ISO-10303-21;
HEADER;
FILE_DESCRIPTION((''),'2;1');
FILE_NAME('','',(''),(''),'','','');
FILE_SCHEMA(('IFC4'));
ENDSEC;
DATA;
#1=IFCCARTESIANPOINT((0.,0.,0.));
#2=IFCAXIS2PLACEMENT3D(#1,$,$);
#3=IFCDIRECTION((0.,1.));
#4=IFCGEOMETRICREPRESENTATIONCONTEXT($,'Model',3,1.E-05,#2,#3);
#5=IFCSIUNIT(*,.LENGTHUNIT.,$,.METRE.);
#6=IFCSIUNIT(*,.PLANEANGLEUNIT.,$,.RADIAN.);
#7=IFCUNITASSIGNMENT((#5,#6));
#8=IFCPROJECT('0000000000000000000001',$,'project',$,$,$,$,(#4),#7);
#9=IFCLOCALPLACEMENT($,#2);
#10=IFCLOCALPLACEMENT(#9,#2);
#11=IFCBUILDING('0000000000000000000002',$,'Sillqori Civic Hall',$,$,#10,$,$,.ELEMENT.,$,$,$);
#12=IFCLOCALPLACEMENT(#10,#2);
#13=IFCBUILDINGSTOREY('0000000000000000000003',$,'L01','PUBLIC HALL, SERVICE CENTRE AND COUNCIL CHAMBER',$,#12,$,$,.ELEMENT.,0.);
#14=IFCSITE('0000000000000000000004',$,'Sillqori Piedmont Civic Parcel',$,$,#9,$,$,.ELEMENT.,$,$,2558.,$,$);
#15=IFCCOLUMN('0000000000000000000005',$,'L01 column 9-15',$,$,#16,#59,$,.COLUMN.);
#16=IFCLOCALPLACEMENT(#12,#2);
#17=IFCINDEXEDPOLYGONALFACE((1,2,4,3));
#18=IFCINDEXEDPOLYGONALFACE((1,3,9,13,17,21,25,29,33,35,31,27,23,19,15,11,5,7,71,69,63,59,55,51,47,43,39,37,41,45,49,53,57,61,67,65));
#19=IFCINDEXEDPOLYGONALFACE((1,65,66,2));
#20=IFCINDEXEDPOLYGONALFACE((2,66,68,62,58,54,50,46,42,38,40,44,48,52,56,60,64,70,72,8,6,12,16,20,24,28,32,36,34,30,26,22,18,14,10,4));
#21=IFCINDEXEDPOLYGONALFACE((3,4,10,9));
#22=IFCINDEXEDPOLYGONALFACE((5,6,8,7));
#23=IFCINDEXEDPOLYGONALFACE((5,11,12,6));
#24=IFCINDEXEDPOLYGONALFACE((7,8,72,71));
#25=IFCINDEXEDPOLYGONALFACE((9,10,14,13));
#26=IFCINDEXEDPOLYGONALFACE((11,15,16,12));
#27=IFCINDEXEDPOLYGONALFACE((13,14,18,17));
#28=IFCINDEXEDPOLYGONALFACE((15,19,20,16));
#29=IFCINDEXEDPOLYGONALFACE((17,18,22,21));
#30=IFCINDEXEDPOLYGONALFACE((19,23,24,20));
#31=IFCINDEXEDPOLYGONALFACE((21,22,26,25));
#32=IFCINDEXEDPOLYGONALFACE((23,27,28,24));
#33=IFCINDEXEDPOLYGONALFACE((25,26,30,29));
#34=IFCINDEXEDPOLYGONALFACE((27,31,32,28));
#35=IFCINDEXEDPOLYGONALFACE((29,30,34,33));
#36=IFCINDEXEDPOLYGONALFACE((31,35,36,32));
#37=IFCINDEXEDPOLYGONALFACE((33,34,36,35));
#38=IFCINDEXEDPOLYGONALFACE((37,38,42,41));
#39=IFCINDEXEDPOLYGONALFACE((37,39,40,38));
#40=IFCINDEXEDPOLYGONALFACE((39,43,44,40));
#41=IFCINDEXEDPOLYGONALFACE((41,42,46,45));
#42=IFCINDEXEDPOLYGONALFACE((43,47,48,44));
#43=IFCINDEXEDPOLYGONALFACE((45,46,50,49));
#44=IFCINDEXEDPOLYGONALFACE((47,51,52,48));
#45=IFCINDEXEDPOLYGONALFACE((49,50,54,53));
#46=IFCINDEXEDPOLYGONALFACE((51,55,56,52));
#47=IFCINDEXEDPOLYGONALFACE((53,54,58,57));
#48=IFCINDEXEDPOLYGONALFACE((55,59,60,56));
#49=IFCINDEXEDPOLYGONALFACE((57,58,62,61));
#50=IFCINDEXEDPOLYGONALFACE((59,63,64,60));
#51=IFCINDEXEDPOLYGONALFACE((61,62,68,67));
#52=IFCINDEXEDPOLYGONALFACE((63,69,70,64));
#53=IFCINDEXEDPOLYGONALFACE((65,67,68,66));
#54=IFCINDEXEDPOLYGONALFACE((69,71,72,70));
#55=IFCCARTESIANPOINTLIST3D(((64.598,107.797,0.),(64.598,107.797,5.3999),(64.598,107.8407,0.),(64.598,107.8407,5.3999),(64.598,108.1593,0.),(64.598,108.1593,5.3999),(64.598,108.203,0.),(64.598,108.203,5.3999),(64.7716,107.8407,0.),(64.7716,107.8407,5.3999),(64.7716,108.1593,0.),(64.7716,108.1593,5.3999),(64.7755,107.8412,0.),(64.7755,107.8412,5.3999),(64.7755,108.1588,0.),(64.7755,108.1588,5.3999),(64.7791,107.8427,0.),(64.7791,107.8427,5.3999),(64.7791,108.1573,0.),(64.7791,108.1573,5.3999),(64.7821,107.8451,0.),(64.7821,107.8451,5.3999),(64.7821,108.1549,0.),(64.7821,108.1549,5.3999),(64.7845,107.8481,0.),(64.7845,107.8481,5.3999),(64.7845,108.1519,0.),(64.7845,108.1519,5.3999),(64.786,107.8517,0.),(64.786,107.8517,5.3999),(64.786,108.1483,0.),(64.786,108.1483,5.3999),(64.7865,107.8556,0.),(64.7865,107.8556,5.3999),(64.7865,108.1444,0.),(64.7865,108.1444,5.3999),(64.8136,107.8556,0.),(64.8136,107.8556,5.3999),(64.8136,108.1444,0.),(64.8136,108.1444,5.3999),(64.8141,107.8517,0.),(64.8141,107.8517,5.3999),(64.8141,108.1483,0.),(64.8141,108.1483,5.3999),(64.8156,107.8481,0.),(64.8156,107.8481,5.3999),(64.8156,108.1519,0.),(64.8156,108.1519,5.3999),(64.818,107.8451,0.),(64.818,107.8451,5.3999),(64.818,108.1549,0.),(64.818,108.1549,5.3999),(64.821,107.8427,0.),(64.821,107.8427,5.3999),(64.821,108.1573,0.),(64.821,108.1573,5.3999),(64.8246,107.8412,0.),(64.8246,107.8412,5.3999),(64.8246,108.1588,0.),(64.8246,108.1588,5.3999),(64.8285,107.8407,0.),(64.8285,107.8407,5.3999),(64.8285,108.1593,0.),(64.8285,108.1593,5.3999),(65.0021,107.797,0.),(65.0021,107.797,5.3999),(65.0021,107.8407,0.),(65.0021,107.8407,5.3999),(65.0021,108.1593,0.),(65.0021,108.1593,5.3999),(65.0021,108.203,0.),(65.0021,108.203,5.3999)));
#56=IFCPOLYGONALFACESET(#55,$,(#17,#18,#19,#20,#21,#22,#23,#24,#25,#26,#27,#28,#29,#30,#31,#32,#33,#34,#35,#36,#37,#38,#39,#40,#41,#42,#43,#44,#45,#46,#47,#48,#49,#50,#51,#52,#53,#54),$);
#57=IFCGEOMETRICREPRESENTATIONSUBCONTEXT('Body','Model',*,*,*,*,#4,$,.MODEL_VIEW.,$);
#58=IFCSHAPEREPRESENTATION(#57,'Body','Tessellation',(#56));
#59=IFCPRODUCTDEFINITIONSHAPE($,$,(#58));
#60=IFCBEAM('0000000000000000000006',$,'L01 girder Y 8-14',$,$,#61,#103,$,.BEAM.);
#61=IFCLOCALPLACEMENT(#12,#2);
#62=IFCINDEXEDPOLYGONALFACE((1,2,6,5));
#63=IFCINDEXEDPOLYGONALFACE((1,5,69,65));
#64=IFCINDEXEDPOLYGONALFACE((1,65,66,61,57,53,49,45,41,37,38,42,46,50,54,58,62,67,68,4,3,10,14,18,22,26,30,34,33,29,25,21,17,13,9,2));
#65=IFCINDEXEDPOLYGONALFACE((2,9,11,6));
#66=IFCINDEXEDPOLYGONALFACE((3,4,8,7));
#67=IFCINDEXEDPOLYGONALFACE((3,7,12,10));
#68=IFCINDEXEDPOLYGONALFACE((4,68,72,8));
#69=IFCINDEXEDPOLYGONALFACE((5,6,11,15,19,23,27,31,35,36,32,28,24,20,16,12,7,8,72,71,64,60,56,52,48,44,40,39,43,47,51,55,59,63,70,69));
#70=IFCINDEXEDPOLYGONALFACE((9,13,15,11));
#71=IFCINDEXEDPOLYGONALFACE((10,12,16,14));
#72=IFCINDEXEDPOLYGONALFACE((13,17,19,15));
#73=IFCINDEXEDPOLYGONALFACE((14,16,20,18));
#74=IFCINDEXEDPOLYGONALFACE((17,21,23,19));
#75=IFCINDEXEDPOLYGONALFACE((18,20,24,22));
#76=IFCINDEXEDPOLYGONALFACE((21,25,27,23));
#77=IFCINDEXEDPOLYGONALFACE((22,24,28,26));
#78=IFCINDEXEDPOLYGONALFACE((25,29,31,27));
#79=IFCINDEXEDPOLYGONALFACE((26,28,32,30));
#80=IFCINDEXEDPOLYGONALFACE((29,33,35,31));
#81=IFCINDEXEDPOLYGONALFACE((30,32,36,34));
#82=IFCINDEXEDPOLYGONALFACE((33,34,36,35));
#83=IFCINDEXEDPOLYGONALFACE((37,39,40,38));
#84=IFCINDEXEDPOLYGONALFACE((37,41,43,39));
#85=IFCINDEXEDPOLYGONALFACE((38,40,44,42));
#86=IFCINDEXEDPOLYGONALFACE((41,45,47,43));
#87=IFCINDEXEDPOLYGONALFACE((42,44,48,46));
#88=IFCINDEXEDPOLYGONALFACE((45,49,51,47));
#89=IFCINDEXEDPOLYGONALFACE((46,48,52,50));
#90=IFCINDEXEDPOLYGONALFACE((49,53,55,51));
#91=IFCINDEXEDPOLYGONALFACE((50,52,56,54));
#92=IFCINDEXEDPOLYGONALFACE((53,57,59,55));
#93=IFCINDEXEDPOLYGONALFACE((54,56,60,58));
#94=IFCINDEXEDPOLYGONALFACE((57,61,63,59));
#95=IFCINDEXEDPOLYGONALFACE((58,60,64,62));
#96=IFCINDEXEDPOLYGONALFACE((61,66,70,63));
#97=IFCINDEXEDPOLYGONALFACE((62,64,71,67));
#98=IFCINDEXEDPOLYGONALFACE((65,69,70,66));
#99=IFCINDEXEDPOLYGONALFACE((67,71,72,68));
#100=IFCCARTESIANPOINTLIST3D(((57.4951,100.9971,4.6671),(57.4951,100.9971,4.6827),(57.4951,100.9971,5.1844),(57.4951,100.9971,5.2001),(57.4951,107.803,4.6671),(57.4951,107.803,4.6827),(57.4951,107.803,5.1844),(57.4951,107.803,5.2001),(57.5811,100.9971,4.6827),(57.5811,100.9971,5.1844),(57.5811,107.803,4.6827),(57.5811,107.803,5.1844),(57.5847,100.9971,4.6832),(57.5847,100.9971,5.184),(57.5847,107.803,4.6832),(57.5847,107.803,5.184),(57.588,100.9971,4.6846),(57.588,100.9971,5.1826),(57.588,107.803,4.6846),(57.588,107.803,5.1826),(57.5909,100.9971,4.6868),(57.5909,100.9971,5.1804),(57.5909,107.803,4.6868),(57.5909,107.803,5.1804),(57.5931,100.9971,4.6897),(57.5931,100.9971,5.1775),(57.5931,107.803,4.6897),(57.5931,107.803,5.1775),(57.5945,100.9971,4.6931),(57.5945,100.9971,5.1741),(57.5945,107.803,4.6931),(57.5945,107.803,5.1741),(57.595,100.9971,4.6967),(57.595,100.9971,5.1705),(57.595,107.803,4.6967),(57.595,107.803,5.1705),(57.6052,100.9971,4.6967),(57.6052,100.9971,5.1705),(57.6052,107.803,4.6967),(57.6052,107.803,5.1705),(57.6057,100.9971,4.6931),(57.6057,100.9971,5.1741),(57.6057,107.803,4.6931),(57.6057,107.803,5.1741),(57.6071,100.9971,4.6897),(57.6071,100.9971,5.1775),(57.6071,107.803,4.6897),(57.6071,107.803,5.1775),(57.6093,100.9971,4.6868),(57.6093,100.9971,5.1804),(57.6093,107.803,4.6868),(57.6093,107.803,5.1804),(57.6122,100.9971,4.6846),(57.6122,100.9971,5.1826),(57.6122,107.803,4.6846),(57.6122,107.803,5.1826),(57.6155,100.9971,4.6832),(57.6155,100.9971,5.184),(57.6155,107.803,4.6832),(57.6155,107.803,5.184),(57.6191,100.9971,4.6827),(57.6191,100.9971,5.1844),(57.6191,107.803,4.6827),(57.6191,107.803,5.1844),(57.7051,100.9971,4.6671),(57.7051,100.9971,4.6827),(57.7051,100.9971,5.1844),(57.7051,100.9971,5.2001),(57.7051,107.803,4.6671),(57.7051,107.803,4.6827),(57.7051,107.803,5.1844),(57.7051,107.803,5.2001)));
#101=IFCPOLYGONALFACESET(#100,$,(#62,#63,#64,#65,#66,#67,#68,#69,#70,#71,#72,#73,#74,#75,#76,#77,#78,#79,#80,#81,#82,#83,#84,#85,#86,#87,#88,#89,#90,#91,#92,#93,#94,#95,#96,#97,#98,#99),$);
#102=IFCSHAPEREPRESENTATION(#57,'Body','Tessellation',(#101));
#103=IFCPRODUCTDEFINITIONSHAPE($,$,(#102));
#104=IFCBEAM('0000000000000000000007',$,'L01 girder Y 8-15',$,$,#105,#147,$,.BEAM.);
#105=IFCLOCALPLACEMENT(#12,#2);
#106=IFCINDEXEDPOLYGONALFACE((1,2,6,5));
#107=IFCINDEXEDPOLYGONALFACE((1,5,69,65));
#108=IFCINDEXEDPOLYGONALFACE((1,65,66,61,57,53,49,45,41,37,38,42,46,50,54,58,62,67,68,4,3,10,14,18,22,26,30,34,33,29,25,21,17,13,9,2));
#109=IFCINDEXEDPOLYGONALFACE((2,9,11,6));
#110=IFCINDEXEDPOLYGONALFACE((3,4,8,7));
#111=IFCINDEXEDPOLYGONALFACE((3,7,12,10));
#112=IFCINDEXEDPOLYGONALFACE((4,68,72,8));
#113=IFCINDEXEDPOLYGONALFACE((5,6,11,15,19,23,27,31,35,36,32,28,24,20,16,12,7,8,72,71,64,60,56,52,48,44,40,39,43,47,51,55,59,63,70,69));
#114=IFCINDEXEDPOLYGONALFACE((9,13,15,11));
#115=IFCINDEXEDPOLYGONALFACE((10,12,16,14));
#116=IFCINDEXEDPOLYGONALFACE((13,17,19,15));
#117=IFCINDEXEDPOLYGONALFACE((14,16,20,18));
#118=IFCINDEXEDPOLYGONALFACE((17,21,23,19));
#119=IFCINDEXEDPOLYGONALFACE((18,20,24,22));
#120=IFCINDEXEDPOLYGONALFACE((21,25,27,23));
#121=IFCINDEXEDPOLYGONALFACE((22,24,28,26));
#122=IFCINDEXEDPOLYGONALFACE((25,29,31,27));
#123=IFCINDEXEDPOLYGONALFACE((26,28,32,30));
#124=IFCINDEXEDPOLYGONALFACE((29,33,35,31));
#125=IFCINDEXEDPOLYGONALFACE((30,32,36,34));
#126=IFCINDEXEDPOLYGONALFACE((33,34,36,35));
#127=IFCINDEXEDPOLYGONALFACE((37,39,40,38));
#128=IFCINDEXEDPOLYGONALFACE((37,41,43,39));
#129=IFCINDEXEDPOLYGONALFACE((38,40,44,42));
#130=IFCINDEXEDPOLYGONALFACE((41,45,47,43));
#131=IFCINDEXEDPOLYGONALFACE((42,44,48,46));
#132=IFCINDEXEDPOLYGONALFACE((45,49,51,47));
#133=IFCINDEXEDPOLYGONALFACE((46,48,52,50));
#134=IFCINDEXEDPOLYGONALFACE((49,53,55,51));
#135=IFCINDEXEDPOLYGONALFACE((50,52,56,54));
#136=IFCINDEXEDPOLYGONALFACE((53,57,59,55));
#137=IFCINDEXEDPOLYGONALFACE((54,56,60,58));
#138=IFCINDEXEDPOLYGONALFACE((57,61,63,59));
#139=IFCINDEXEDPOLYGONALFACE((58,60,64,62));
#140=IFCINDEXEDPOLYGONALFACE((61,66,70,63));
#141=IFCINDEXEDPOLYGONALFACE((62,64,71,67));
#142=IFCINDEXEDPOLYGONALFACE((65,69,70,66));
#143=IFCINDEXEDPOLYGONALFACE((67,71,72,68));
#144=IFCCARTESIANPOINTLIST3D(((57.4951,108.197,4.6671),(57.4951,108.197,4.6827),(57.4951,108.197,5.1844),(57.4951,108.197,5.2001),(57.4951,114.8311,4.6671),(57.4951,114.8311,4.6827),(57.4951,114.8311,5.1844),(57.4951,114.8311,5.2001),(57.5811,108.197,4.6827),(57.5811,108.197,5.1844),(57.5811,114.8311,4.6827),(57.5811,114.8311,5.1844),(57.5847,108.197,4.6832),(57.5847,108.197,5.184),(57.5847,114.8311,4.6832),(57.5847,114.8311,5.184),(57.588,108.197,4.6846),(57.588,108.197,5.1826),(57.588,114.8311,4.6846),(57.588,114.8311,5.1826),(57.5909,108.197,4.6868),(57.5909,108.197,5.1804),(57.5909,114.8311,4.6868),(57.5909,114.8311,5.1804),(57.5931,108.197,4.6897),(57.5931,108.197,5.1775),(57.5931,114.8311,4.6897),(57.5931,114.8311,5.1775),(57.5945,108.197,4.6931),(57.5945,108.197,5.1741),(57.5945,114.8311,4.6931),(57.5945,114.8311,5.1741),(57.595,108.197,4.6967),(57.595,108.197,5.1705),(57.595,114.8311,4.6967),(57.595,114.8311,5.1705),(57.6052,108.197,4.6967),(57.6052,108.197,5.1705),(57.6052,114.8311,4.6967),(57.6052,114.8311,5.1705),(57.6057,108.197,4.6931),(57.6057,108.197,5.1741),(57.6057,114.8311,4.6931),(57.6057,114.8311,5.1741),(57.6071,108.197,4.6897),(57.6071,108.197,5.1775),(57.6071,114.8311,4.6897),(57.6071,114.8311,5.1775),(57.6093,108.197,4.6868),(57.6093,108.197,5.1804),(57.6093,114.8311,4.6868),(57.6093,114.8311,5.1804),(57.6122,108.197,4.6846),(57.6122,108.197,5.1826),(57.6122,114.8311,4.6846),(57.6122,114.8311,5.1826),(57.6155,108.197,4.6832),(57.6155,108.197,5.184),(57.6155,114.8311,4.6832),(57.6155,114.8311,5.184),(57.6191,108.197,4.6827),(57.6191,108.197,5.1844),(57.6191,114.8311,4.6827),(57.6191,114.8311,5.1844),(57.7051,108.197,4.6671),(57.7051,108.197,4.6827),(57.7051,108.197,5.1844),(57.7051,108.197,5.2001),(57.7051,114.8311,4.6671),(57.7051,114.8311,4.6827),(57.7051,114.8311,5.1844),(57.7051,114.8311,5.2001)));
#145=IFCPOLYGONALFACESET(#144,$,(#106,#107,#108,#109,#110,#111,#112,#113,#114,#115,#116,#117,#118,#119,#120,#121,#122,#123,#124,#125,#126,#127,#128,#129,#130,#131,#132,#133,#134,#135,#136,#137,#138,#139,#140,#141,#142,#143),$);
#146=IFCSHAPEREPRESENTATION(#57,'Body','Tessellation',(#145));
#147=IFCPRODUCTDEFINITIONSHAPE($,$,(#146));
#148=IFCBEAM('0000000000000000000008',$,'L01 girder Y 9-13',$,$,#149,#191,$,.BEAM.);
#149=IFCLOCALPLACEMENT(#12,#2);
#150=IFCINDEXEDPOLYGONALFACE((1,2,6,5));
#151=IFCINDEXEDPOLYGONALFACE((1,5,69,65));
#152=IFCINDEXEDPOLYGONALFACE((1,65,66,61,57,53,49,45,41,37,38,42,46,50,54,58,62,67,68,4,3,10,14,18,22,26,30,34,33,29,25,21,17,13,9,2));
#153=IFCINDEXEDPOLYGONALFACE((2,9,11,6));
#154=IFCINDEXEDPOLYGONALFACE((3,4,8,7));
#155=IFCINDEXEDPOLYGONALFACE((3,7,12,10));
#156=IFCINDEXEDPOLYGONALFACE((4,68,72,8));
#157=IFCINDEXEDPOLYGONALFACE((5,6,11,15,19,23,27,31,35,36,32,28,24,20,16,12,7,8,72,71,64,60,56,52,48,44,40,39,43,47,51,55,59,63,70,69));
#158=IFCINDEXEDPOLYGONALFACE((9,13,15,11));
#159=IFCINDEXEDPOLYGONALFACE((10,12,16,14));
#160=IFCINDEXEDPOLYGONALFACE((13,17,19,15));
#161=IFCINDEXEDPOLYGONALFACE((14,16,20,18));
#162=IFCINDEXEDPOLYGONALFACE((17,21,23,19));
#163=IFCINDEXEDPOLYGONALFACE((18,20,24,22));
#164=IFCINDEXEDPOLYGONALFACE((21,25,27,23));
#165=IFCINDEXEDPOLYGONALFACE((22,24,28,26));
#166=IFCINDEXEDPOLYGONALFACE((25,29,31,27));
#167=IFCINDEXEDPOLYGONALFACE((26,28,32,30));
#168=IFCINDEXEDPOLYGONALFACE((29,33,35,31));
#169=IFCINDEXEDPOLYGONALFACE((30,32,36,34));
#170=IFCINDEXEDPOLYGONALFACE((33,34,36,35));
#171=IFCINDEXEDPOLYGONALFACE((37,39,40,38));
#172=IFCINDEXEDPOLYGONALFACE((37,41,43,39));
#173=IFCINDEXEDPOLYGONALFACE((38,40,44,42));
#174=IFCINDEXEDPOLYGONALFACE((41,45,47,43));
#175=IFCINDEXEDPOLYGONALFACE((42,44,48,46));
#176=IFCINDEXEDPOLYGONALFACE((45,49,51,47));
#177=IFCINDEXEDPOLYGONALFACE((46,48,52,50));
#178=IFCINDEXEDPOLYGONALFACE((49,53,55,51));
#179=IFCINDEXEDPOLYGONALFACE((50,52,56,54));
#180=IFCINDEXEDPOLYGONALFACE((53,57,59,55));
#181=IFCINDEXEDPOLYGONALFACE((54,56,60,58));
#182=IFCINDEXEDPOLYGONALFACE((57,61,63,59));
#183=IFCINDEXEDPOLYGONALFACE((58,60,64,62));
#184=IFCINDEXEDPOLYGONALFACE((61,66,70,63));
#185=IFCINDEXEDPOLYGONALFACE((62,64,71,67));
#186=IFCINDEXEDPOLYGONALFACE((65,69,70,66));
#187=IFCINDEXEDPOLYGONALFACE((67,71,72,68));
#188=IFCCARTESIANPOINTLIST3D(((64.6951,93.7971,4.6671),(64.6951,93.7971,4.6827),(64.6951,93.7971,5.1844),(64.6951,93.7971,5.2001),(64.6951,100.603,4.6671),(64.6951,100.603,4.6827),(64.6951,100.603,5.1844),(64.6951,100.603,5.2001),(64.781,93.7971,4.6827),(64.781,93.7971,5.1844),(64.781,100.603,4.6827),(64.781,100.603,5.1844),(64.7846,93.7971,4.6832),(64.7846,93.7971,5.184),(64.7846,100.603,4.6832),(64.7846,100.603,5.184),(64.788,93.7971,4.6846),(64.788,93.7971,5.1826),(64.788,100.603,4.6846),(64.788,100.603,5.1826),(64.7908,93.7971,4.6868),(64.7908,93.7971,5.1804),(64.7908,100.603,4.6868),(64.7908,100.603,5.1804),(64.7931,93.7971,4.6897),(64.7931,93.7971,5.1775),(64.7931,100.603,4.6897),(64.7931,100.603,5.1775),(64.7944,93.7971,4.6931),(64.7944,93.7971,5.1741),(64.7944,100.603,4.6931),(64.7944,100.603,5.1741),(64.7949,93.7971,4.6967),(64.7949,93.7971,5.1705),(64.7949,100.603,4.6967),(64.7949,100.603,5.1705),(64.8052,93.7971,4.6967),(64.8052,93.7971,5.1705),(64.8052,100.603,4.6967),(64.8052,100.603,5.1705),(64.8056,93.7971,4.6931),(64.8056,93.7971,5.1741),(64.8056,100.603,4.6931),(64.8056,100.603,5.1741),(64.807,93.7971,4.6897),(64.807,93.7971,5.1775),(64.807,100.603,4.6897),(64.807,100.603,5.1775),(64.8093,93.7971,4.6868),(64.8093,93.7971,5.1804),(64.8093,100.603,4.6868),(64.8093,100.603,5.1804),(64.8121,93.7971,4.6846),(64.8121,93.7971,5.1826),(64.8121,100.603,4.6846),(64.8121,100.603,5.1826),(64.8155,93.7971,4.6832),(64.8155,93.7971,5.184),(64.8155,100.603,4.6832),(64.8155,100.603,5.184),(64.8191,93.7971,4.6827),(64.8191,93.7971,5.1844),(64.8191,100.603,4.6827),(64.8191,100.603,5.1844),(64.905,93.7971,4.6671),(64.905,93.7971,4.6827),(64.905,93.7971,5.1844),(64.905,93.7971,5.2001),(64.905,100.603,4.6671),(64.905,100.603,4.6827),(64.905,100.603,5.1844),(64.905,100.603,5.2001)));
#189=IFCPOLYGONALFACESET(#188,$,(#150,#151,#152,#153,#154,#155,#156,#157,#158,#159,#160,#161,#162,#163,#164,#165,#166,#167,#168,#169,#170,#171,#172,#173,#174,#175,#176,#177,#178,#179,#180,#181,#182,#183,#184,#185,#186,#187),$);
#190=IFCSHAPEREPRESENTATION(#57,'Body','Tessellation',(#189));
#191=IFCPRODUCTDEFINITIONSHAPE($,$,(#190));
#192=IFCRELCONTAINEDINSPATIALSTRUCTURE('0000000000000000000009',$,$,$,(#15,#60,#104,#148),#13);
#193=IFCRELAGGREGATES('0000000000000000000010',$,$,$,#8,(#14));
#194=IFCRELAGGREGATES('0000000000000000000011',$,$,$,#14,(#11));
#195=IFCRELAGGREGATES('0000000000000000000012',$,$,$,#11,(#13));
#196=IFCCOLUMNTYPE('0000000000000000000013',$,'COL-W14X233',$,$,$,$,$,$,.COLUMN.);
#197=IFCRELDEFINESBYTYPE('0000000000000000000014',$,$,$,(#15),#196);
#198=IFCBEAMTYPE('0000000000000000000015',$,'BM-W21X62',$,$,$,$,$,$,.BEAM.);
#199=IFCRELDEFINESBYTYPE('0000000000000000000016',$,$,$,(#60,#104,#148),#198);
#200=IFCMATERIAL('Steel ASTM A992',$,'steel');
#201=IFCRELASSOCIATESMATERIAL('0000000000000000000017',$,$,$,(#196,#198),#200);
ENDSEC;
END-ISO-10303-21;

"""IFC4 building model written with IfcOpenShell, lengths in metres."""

from ifc_helpers import new_model, si_unit, direction, frame, origin, origin_2d, place, context, subcontext, project, spatial, i_section, extrude, material, material_profile, profile_set, type_object, element, save


model = new_model("IFC4")

# Units and contexts
model_context = context("Model", 3, precision=1e-05, world=origin(), true_north=direction((0.0, 1.0)))
body_context = subcontext(model_context, "Body", "Model", "MODEL_VIEW")
ifc_project = project(units=[si_unit("LENGTHUNIT", "METRE"), si_unit("PLANEANGLEUNIT", "RADIAN")], contexts=[model_context])

# Site, building, storey
site_placement = place(None, origin())
site = spatial("IfcSite", under=ifc_project, at=site_placement, Name="Sillqori Piedmont Civic Parcel", CompositionType="ELEMENT", RefElevation=2558.0)
building_placement = place(site_placement, origin())
building = spatial("IfcBuilding", under=site, at=building_placement, Name="Sillqori Civic Hall", CompositionType="ELEMENT")
storey_placement = place(building_placement, origin())
storey = spatial("IfcBuildingStorey", under=building, at=storey_placement, Name="L01", Description="PUBLIC HALL, SERVICE CENTRE AND COUNCIL CHAMBER", CompositionType="ELEMENT", Elevation=0.0)

# Column
ifc_material_1 = material(Name="Steel ASTM A992", Category="steel")
ifc_material_profile_1 = material_profile(ifc_material_1, i_section(OverallWidth=0.4041, OverallDepth=0.406, WebThickness=0.0271, FlangeThickness=0.0437, FilletRadius=0.0149, at=origin_2d()), Name="W14X233")
ifc_profile_set_1 = profile_set([ifc_material_profile_1], Name="Steel ASTM A992")
column_type_1 = type_object("IfcColumnType", Name="COL-W14X233", PredefinedType="COLUMN", material=ifc_profile_set_1)
for number, where, z_axis, x_axis, name in (
    (1, (64.8, 108.0, 0.0), (0.0, 0.0, 1.0), (1.0, 0.0, 0.0), "L01 column 9-15"),
):
    element("IfcColumn", number, at=place(storey_placement, frame(where, z_axis=z_axis, x_axis=x_axis)), inside=storey, type_object=column_type_1, Name=name, PredefinedType="COLUMN", context=body_context, shape_type="SweptSolid", body=[
        extrude(i_section(OverallWidth=0.4041, OverallDepth=0.406, WebThickness=0.0271, FlangeThickness=0.0437, FilletRadius=0.0149, at=origin_2d()), origin(), (0.0, 0.0, 1.0), 5.3999),
    ])

# Beams
ifc_material_profile_2 = material_profile(ifc_material_1, i_section(OverallWidth=0.21, OverallDepth=0.533, WebThickness=0.0103, FlangeThickness=0.0156, FilletRadius=0.0139, at=origin_2d()), Name="W21X62")
ifc_profile_set_2 = profile_set([ifc_material_profile_2], Name="Steel ASTM A992")
beam_type_1 = type_object("IfcBeamType", Name="BM-W21X62", PredefinedType="BEAM", material=ifc_profile_set_2)
beam_1_placement = place(storey_placement, frame((57.6001, 100.9971, 4.9336), z_axis=(0.0, 1.0, 0.0), x_axis=(-1.0, 0.0, 0.0)))
element("IfcBeam", 2, at=beam_1_placement, inside=storey, type_object=beam_type_1, Name="L01 girder Y 8-14", PredefinedType="BEAM", context=body_context, shape_type="SweptSolid", body=[
    extrude(i_section(OverallWidth=0.21, OverallDepth=0.533, WebThickness=0.0103, FlangeThickness=0.0156, FilletRadius=0.0139, at=origin_2d()), origin(), (0.0, 0.0, 1.0), 6.8059),
])
beam_2_placement = place(storey_placement, frame((57.6001, 108.197, 4.9336), z_axis=(0.0, 1.0, 0.0), x_axis=(-1.0, 0.0, 0.0)))
element("IfcBeam", 3, at=beam_2_placement, inside=storey, type_object=beam_type_1, Name="L01 girder Y 8-15", PredefinedType="BEAM", context=body_context, shape_type="SweptSolid", body=[
    extrude(i_section(OverallWidth=0.21, OverallDepth=0.533, WebThickness=0.0103, FlangeThickness=0.0156, FilletRadius=0.0139, at=origin_2d()), origin(), (0.0, 0.0, 1.0), 6.634),
])
for number, where, z_axis, x_axis, name in (
    (4, (64.8, 93.7971, 4.9336), (0.0, 1.0, 0.0), (-1.0, 0.0, 0.0), "L01 girder Y 9-13"),
):
    element("IfcBeam", number, at=place(storey_placement, frame(where, z_axis=z_axis, x_axis=x_axis)), inside=storey, type_object=beam_type_1, Name=name, PredefinedType="BEAM", context=body_context, shape_type="SweptSolid", body=[
        extrude(i_section(OverallWidth=0.21, OverallDepth=0.533, WebThickness=0.0103, FlangeThickness=0.0156, FilletRadius=0.0139, at=origin_2d()), origin(), (0.0, 0.0, 1.0), 6.8059),
    ])

save(model, "model.ifc")
